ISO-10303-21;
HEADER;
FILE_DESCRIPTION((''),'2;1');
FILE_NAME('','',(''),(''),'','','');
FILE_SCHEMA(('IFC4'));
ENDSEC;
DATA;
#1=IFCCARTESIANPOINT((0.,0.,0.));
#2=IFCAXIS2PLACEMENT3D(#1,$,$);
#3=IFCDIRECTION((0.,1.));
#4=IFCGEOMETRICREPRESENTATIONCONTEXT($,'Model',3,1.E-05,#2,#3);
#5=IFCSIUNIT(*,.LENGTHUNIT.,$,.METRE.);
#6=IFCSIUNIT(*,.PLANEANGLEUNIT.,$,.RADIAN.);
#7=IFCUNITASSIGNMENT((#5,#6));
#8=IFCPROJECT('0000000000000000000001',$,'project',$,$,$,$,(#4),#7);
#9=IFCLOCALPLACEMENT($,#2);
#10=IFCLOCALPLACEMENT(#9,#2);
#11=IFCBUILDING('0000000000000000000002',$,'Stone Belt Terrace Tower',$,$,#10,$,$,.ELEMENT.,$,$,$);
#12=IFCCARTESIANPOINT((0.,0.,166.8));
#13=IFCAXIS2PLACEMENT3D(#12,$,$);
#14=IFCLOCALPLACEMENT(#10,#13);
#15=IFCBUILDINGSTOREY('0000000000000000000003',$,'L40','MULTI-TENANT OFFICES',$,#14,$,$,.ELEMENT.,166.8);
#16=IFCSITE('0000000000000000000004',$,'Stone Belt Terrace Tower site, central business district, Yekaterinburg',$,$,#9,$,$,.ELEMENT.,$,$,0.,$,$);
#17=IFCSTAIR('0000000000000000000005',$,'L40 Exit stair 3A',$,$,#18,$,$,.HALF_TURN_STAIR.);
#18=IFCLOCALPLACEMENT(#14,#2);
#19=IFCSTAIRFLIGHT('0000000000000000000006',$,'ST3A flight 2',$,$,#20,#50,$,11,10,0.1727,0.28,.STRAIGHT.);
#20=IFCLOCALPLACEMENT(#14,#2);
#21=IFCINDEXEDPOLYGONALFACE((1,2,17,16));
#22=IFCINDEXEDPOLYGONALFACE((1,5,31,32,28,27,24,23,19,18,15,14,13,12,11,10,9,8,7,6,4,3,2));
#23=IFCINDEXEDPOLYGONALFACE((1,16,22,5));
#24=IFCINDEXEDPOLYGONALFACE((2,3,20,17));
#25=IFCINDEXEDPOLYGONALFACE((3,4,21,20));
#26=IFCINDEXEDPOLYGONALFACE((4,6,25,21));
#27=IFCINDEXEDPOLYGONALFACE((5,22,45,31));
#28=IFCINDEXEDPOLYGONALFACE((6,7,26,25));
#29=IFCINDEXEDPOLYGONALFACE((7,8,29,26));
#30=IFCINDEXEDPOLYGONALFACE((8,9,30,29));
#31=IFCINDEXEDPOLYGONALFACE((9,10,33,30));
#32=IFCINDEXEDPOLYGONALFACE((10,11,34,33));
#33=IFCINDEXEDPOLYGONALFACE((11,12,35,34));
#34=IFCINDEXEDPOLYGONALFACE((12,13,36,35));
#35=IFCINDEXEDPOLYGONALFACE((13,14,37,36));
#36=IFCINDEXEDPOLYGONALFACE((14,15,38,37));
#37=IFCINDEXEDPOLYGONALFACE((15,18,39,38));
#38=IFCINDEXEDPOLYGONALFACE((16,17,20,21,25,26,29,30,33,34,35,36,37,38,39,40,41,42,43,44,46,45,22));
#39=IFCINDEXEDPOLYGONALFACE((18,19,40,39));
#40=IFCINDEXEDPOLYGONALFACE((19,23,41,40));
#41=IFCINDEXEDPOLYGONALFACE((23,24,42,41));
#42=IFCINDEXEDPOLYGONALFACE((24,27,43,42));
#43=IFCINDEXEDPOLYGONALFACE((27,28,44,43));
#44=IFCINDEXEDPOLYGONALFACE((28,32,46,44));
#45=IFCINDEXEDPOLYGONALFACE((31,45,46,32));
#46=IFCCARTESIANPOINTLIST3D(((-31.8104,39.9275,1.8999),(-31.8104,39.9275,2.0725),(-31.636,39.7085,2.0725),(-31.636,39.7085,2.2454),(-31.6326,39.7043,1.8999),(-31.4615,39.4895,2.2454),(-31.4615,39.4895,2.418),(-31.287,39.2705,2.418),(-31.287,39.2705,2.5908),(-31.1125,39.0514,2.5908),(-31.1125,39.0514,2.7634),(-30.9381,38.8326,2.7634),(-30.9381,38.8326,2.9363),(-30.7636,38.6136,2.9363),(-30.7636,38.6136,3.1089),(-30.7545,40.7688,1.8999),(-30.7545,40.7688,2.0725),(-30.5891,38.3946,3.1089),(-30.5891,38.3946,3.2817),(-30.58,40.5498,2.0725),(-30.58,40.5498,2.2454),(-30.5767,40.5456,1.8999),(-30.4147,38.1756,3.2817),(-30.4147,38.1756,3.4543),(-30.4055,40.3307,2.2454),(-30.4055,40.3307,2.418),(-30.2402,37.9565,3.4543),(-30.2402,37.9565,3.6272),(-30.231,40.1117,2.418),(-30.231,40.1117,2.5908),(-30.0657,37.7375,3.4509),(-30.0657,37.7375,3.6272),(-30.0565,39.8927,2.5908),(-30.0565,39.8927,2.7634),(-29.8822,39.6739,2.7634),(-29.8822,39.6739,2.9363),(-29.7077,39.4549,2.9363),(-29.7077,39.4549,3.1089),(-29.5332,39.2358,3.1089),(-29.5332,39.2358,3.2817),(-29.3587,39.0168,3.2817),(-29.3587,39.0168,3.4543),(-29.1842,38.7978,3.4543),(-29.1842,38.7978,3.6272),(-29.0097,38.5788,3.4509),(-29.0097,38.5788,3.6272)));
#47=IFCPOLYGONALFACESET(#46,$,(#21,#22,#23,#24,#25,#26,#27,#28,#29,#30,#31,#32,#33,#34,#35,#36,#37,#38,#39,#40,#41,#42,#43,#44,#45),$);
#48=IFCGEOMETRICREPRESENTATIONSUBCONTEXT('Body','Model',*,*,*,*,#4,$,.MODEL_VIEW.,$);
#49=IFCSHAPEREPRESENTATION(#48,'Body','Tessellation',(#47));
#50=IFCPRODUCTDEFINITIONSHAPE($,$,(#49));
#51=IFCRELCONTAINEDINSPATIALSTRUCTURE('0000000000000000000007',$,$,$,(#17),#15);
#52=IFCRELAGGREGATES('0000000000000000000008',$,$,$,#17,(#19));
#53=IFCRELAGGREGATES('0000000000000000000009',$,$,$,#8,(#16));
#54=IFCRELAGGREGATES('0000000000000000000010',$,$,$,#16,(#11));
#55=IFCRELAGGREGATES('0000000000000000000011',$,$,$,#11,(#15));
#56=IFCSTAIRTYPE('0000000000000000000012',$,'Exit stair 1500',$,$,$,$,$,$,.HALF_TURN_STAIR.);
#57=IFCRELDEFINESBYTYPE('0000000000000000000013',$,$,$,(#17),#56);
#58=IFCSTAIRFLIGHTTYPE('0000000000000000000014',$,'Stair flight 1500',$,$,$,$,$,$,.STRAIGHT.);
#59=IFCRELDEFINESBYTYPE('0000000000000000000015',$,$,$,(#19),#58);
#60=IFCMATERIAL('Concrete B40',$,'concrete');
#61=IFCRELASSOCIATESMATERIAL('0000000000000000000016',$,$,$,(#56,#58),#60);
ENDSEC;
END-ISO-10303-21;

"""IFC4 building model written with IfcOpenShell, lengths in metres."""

from ifc_helpers import new_model, si_unit, direction, frame, origin, place, context, subcontext, project, spatial, polyline, outline, extrude, material, type_object, element, aggregate, save


model = new_model("IFC4")

# Units and contexts
model_context = context("Model", 3, precision=1e-05, world=origin(), true_north=direction((0.0, 1.0)))
body_context = subcontext(model_context, "Body", "Model", "MODEL_VIEW")
ifc_project = project(units=[si_unit("LENGTHUNIT", "METRE"), si_unit("PLANEANGLEUNIT", "RADIAN")], contexts=[model_context])

# Site, building, storey
site_placement = place(None, origin())
site = spatial("IfcSite", under=ifc_project, at=site_placement, Name="Stone Belt Terrace Tower site, central business district, Yekaterinburg", CompositionType="ELEMENT", RefElevation=0.0)
building_placement = place(site_placement, origin())
building = spatial("IfcBuilding", under=site, at=building_placement, Name="Stone Belt Terrace Tower", CompositionType="ELEMENT")
storey_placement = place(building_placement, frame((0.0, 0.0, 166.8)))
storey = spatial("IfcBuildingStorey", under=building, at=storey_placement, Name="L40", Description="MULTI-TENANT OFFICES", CompositionType="ELEMENT", Elevation=166.8)

# Stair, stair flight
ifc_material_1 = material(Name="Concrete B40", Category="concrete")
stair_type = type_object("IfcStairType", Name="Exit stair 1500", PredefinedType="HALF_TURN_STAIR", material=ifc_material_1)
stair_placement = place(storey_placement, origin())
stair = element("IfcStair", 1, at=stair_placement, inside=storey, type_object=stair_type, Name="L40 Exit stair 3A", PredefinedType="HALF_TURN_STAIR")
stair_flight_type = type_object("IfcStairFlightType", Name="Stair flight 1500", PredefinedType="STRAIGHT", material=ifc_material_1)
stair_flight_placement = place(storey_placement, frame((-31.2825, 40.3481, 1.8999), z_axis=(0.0, 0.0, 1.0), x_axis=(0.623121, -0.782125, 0.0)))
stair_flight = element("IfcStairFlight", 2, at=stair_flight_placement, type_object=stair_flight_type, Name="ST3A flight 2", NumberOfRisers=11, NumberOfTreads=10, PredefinedType="STRAIGHT", RiserHeight=0.1727, TreadLength=0.28, context=body_context, shape_type="SweptSolid", body=[
    extrude(outline(polyline([(0.0, 0.0), (0.0, 0.1726), (0.28, 0.1726), (0.28, 0.3455), (0.5601, 0.3455), (0.5601, 0.5181), (0.8401, 0.5181), (0.8401, 0.6909), (1.1201, 0.6909), (1.1201, 0.8635), (1.3999, 0.8635), (1.3999, 1.0364), (1.6799, 1.0364), (1.6799, 1.209), (1.96, 1.209), (1.96, 1.3818), (2.24, 1.3818), (2.24, 1.5544), (2.52, 1.5544), (2.52, 1.7273), (2.8, 1.7273), (2.8, 1.8999), (2.8, 1.551), (0.2854, 0.0), (0.0, 0.0)])), frame((0.0, 0.675, 0.0), z_axis=(0.0, -1.0, 0.0), x_axis=(1.0, 0.0, 0.0)), (0.0, 0.0, 1.0), 1.3501),
])
aggregate(stair, [stair_flight])

save(model, "model.ifc")
